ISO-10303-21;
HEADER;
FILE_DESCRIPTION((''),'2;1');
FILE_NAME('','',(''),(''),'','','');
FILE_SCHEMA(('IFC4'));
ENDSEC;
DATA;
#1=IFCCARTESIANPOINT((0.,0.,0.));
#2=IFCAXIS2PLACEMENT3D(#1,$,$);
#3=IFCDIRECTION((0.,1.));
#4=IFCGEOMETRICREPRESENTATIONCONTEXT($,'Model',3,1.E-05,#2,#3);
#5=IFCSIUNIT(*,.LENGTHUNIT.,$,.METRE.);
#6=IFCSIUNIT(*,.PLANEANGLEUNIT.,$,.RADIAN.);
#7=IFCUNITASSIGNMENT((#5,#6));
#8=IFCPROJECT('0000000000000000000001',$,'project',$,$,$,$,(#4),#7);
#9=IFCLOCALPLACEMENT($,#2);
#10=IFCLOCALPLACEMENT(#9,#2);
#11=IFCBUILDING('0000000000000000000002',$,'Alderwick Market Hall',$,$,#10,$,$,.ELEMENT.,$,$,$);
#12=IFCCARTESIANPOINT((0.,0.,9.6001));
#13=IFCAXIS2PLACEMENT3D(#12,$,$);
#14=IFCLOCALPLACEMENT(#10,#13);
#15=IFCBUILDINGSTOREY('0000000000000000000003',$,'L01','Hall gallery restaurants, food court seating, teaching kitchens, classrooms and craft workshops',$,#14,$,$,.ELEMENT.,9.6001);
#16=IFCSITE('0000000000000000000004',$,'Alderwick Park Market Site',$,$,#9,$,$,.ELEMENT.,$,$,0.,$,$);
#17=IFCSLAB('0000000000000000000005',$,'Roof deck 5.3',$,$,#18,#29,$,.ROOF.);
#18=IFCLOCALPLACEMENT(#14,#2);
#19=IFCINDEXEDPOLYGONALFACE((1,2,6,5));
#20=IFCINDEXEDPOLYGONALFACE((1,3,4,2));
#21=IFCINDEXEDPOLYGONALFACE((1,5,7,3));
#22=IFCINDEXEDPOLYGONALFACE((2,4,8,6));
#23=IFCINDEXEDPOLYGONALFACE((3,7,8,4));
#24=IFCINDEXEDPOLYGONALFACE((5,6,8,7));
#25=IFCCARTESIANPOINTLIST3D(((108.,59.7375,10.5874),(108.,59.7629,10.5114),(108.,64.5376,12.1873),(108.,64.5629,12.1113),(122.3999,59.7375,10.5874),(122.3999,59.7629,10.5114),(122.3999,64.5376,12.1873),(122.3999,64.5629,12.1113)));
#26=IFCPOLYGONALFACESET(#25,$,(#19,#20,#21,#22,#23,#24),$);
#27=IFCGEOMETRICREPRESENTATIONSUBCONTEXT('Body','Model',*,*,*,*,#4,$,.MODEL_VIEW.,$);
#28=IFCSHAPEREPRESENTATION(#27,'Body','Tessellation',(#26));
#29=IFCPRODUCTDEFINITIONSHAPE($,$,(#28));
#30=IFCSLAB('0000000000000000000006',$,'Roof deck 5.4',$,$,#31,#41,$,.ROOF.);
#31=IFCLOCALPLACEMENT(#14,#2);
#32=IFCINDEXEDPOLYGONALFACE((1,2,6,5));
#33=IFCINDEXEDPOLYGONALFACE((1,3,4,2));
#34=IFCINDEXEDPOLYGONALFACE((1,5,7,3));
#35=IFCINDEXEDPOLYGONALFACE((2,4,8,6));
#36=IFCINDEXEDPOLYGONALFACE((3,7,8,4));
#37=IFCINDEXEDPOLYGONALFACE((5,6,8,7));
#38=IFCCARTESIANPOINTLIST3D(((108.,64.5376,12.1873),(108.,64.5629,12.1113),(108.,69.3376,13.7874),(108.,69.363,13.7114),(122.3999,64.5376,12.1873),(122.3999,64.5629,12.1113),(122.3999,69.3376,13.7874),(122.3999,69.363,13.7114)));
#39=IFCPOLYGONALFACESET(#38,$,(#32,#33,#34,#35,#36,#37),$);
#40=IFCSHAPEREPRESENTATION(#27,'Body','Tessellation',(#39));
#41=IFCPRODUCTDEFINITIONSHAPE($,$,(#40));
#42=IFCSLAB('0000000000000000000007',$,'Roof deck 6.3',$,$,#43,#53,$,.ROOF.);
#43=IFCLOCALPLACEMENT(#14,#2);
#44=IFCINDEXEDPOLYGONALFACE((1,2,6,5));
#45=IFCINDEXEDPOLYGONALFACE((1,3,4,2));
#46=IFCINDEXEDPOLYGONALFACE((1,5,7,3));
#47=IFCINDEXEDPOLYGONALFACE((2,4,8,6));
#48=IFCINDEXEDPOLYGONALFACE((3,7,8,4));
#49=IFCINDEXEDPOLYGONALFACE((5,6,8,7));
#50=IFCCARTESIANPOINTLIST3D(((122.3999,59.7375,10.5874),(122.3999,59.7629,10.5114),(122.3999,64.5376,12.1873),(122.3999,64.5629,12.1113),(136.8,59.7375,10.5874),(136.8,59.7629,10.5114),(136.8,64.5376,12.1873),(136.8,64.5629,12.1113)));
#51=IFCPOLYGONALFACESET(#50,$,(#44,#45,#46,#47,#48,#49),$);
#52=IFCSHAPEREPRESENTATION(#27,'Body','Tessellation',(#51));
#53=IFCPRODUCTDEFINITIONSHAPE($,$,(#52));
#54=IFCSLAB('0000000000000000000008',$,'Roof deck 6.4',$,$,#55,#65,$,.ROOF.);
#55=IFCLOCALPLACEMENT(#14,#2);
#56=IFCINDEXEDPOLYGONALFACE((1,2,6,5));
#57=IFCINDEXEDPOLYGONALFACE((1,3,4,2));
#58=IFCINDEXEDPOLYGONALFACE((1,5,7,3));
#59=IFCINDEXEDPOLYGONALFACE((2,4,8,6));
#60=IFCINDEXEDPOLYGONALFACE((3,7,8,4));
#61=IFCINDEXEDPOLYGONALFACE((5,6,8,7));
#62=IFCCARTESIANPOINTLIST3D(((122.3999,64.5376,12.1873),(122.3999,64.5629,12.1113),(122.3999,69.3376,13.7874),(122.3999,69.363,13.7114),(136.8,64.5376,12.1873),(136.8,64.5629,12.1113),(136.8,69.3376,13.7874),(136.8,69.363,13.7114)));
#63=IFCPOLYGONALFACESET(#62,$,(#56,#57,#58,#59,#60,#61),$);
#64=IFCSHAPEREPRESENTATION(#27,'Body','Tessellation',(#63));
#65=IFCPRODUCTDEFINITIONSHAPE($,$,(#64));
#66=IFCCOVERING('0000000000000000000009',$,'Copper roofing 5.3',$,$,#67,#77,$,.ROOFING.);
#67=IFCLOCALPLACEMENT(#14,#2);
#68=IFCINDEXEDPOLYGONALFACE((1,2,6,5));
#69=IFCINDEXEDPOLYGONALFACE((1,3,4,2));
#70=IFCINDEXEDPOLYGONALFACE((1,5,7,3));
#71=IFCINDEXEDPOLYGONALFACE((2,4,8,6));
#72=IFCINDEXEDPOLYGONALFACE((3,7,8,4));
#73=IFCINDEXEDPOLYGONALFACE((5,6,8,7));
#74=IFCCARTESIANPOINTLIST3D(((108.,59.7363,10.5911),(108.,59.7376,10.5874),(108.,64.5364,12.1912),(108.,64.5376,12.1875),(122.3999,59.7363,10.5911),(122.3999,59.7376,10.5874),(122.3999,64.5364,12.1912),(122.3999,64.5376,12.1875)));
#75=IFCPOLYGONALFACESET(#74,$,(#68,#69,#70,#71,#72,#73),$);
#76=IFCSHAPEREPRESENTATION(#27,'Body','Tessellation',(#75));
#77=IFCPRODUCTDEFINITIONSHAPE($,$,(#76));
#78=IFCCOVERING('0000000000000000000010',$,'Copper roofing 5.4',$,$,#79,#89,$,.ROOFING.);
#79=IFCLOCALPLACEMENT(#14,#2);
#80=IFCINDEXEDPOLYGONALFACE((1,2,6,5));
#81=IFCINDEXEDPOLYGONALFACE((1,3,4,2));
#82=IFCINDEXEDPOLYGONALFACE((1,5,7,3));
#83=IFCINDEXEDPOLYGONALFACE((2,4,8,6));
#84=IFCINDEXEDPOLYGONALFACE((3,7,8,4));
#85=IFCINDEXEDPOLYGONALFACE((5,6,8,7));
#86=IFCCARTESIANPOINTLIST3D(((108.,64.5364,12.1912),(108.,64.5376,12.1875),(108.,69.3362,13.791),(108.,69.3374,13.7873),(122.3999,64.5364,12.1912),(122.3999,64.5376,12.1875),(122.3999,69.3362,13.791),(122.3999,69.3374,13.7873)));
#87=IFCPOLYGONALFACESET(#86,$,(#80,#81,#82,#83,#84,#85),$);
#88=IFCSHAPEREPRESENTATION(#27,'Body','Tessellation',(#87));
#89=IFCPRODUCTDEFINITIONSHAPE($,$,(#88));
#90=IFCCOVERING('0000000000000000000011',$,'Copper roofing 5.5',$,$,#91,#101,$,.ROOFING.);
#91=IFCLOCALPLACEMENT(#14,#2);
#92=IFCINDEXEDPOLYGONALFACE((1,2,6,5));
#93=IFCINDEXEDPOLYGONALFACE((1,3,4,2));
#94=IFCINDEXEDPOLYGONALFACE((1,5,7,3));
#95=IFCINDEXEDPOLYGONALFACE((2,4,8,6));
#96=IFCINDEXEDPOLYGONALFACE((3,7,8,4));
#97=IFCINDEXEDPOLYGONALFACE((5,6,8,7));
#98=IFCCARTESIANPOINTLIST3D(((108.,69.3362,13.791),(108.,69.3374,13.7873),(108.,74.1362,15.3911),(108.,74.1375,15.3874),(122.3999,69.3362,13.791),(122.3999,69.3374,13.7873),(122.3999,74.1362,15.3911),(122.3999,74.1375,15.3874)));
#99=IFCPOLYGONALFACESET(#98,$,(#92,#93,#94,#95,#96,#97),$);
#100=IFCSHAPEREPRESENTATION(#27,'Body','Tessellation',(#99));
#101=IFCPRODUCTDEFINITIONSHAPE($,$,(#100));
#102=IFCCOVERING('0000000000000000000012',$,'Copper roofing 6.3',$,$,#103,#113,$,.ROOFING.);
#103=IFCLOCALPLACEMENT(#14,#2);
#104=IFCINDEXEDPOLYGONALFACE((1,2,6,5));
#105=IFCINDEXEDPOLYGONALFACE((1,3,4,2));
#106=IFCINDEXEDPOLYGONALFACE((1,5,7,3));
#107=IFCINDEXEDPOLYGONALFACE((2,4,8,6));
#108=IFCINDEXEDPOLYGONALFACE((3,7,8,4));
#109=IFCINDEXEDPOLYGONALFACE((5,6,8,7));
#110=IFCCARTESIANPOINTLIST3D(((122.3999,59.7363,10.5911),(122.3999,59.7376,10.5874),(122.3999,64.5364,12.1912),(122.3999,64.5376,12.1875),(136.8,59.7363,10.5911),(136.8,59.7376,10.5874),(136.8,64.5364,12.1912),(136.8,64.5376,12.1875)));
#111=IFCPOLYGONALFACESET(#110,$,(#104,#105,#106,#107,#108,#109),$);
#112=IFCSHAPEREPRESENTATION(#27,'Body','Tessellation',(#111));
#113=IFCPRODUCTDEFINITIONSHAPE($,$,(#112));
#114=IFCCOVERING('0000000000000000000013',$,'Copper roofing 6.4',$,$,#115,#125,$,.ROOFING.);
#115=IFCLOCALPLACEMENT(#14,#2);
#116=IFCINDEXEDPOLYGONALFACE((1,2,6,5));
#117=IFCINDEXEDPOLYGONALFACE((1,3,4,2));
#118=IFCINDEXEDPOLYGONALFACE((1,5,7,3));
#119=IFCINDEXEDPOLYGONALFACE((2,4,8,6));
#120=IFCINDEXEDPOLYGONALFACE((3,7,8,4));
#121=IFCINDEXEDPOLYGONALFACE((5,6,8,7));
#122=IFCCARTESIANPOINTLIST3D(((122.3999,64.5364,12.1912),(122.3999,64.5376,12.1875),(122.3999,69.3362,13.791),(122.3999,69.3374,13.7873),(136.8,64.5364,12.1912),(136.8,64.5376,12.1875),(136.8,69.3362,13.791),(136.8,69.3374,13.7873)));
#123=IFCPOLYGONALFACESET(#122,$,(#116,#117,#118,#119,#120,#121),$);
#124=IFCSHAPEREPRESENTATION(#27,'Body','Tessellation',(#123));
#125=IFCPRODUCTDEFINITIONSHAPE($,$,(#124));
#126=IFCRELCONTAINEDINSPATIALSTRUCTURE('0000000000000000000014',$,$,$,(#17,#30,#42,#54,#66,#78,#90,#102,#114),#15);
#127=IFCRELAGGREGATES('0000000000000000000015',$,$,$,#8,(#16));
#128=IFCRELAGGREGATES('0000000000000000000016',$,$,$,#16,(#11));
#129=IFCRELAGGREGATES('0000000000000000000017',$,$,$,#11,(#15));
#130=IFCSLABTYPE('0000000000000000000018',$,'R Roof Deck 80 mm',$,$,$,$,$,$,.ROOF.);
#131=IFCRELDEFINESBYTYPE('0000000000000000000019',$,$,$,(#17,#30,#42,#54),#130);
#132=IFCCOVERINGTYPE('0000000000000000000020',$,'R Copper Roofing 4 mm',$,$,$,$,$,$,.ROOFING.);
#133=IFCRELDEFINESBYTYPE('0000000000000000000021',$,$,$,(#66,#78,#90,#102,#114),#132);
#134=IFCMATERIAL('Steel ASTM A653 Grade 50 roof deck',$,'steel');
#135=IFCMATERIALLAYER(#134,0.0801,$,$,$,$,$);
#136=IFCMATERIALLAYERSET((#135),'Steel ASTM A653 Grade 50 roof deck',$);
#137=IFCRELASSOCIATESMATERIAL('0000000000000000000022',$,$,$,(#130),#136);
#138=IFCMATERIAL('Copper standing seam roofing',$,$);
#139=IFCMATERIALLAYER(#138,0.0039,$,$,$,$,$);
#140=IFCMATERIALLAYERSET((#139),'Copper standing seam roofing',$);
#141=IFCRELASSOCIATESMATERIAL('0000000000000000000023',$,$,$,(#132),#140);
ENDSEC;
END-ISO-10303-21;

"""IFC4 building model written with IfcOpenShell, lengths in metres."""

from ifc_helpers import new_model, si_unit, direction, frame, origin, place, context, subcontext, project, spatial, polyline, outline, extrude, material, layer, layer_set, type_object, element, save


model = new_model("IFC4")

# Units and contexts
model_context = context("Model", 3, precision=1e-05, world=origin(), true_north=direction((0.0, 1.0)))
body_context = subcontext(model_context, "Body", "Model", "MODEL_VIEW")
ifc_project = project(units=[si_unit("LENGTHUNIT", "METRE"), si_unit("PLANEANGLEUNIT", "RADIAN")], contexts=[model_context])

# Site, building, storey
site_placement = place(None, origin())
site = spatial("IfcSite", under=ifc_project, at=site_placement, Name="Alderwick Park Market Site", CompositionType="ELEMENT", RefElevation=0.0)
building_placement = place(site_placement, origin())
building = spatial("IfcBuilding", under=site, at=building_placement, Name="Alderwick Market Hall", CompositionType="ELEMENT")
storey_placement = place(building_placement, frame((0.0, 0.0, 9.6001)))
storey = spatial("IfcBuildingStorey", under=building, at=storey_placement, Name="L01", Description="Hall gallery restaurants, food court seating, teaching kitchens, classrooms and craft workshops", CompositionType="ELEMENT", Elevation=9.6001)

# Slabs
ifc_material_1 = material(Name="Steel ASTM A653 Grade 50 roof deck", Category="steel")
ifc_layer_1 = layer(ifc_material_1, 0.0801)
ifc_layer_set_1 = layer_set([ifc_layer_1], Name="Steel ASTM A653 Grade 50 roof deck")
slab_type = type_object("IfcSlabType", Name="R Roof Deck 80 mm", PredefinedType="ROOF", material=ifc_layer_set_1)
slab_1_placement = place(storey_placement, frame((108.0, 59.7375, 10.5874), z_axis=(0.0, -0.316199, 0.948693), x_axis=(1.0, 0.0, 0.0)))
element("IfcSlab", 1, at=slab_1_placement, inside=storey, type_object=slab_type, Name="Roof deck 5.3", PredefinedType="ROOF", context=body_context, shape_type="SweptSolid", body=[
    extrude(outline(polyline([(0.0, 0.0), (14.3999, 0.0), (14.3999, 5.0596), (0.0, 5.0596), (0.0, 0.0)])), origin(), (0.0, 0.0, -1.0), 0.0801),
])
slab_2_placement = place(storey_placement, frame((108.0, 64.5376, 12.1873), z_axis=(0.0, -0.316242, 0.948678), x_axis=(1.0, 0.0, 0.0)))
element("IfcSlab", 2, at=slab_2_placement, inside=storey, type_object=slab_type, Name="Roof deck 5.4", PredefinedType="ROOF", context=body_context, shape_type="SweptSolid", body=[
    extrude(outline(polyline([(0.0, 0.0), (14.3999, 0.0), (14.3999, 5.0597), (0.0, 5.0597), (0.0, 0.0)])), origin(), (0.0, 0.0, -1.0), 0.0801),
])
slab_3_placement = place(storey_placement, frame((122.3999, 59.7375, 10.5874), z_axis=(0.0, -0.316199, 0.948693), x_axis=(1.0, 0.0, 0.0)))
element("IfcSlab", 3, at=slab_3_placement, inside=storey, type_object=slab_type, Name="Roof deck 6.3", PredefinedType="ROOF", context=body_context, shape_type="SweptSolid", body=[
    extrude(outline(polyline([(0.0, 0.0), (14.4001, 0.0), (14.4001, 5.0596), (0.0, 5.0596), (0.0, 0.0)])), origin(), (0.0, 0.0, -1.0), 0.0801),
])
slab_4_placement = place(storey_placement, frame((122.3999, 64.5376, 12.1873), z_axis=(0.0, -0.316242, 0.948678), x_axis=(1.0, 0.0, 0.0)))
element("IfcSlab", 4, at=slab_4_placement, inside=storey, type_object=slab_type, Name="Roof deck 6.4", PredefinedType="ROOF", context=body_context, shape_type="SweptSolid", body=[
    extrude(outline(polyline([(0.0, 0.0), (14.4001, 0.0), (14.4001, 5.0597), (0.0, 5.0597), (0.0, 0.0)])), origin(), (0.0, 0.0, -1.0), 0.0801),
])

# Coverings
ifc_material_2 = material(Name="Copper standing seam roofing")
ifc_layer_2 = layer(ifc_material_2, 0.0039)
ifc_layer_set_2 = layer_set([ifc_layer_2], Name="Copper standing seam roofing")
covering_type = type_object("IfcCoveringType", Name="R Copper Roofing 4 mm", PredefinedType="ROOFING", material=ifc_layer_set_2)
covering_1_placement = place(storey_placement, frame((108.0, 59.7363, 10.5911), z_axis=(0.0, -0.316242, 0.948678), x_axis=(1.0, 0.0, 0.0)))
element("IfcCovering", 5, at=covering_1_placement, inside=storey, type_object=covering_type, Name="Copper roofing 5.3", PredefinedType="ROOFING", context=body_context, shape_type="SweptSolid", body=[
    extrude(outline(polyline([(0.0, 0.0), (14.3999, 0.0), (14.3999, 5.0597), (0.0, 5.0597), (0.0, 0.0)])), origin(), (0.0, 0.0, -1.0), 0.0039),
])
covering_2_placement = place(storey_placement, frame((108.0, 64.5364, 12.1912), z_axis=(0.0, -0.316213, 0.948688), x_axis=(1.0, 0.0, 0.0)))
element("IfcCovering", 6, at=covering_2_placement, inside=storey, type_object=covering_type, Name="Copper roofing 5.4", PredefinedType="ROOFING", context=body_context, shape_type="SweptSolid", body=[
    extrude(outline(polyline([(0.0, 0.0), (14.3999, 0.0), (14.3999, 5.0594), (0.0, 5.0594), (0.0, 0.0)])), origin(), (0.0, 0.0, -1.0), 0.0039),
])
covering_3_placement = place(storey_placement, frame((108.0, 69.3362, 13.791), z_axis=(0.0, -0.316242, 0.948678), x_axis=(1.0, 0.0, 0.0)))
element("IfcCovering", 7, at=covering_3_placement, inside=storey, type_object=covering_type, Name="Copper roofing 5.5", PredefinedType="ROOFING", context=body_context, shape_type="SweptSolid", body=[
    extrude(outline(polyline([(0.0, 0.0), (14.3999, 0.0), (14.3999, 5.0597), (0.0, 5.0597), (0.0, 0.0)])), origin(), (0.0, 0.0, -1.0), 0.0039),
])
covering_4_placement = place(storey_placement, frame((122.3999, 59.7363, 10.5911), z_axis=(0.0, -0.316242, 0.948678), x_axis=(1.0, 0.0, 0.0)))
element("IfcCovering", 8, at=covering_4_placement, inside=storey, type_object=covering_type, Name="Copper roofing 6.3", PredefinedType="ROOFING", context=body_context, shape_type="SweptSolid", body=[
    extrude(outline(polyline([(0.0, 0.0), (14.4001, 0.0), (14.4001, 5.0597), (0.0, 5.0597), (0.0, 0.0)])), origin(), (0.0, 0.0, -1.0), 0.0039),
])
covering_5_placement = place(storey_placement, frame((122.3999, 64.5364, 12.1912), z_axis=(0.0, -0.316213, 0.948688), x_axis=(1.0, 0.0, 0.0)))
element("IfcCovering", 9, at=covering_5_placement, inside=storey, type_object=covering_type, Name="Copper roofing 6.4", PredefinedType="ROOFING", context=body_context, shape_type="SweptSolid", body=[
    extrude(outline(polyline([(0.0, 0.0), (14.4001, 0.0), (14.4001, 5.0594), (0.0, 5.0594), (0.0, 0.0)])), origin(), (0.0, 0.0, -1.0), 0.0039),
])

save(model, "model.ifc")
